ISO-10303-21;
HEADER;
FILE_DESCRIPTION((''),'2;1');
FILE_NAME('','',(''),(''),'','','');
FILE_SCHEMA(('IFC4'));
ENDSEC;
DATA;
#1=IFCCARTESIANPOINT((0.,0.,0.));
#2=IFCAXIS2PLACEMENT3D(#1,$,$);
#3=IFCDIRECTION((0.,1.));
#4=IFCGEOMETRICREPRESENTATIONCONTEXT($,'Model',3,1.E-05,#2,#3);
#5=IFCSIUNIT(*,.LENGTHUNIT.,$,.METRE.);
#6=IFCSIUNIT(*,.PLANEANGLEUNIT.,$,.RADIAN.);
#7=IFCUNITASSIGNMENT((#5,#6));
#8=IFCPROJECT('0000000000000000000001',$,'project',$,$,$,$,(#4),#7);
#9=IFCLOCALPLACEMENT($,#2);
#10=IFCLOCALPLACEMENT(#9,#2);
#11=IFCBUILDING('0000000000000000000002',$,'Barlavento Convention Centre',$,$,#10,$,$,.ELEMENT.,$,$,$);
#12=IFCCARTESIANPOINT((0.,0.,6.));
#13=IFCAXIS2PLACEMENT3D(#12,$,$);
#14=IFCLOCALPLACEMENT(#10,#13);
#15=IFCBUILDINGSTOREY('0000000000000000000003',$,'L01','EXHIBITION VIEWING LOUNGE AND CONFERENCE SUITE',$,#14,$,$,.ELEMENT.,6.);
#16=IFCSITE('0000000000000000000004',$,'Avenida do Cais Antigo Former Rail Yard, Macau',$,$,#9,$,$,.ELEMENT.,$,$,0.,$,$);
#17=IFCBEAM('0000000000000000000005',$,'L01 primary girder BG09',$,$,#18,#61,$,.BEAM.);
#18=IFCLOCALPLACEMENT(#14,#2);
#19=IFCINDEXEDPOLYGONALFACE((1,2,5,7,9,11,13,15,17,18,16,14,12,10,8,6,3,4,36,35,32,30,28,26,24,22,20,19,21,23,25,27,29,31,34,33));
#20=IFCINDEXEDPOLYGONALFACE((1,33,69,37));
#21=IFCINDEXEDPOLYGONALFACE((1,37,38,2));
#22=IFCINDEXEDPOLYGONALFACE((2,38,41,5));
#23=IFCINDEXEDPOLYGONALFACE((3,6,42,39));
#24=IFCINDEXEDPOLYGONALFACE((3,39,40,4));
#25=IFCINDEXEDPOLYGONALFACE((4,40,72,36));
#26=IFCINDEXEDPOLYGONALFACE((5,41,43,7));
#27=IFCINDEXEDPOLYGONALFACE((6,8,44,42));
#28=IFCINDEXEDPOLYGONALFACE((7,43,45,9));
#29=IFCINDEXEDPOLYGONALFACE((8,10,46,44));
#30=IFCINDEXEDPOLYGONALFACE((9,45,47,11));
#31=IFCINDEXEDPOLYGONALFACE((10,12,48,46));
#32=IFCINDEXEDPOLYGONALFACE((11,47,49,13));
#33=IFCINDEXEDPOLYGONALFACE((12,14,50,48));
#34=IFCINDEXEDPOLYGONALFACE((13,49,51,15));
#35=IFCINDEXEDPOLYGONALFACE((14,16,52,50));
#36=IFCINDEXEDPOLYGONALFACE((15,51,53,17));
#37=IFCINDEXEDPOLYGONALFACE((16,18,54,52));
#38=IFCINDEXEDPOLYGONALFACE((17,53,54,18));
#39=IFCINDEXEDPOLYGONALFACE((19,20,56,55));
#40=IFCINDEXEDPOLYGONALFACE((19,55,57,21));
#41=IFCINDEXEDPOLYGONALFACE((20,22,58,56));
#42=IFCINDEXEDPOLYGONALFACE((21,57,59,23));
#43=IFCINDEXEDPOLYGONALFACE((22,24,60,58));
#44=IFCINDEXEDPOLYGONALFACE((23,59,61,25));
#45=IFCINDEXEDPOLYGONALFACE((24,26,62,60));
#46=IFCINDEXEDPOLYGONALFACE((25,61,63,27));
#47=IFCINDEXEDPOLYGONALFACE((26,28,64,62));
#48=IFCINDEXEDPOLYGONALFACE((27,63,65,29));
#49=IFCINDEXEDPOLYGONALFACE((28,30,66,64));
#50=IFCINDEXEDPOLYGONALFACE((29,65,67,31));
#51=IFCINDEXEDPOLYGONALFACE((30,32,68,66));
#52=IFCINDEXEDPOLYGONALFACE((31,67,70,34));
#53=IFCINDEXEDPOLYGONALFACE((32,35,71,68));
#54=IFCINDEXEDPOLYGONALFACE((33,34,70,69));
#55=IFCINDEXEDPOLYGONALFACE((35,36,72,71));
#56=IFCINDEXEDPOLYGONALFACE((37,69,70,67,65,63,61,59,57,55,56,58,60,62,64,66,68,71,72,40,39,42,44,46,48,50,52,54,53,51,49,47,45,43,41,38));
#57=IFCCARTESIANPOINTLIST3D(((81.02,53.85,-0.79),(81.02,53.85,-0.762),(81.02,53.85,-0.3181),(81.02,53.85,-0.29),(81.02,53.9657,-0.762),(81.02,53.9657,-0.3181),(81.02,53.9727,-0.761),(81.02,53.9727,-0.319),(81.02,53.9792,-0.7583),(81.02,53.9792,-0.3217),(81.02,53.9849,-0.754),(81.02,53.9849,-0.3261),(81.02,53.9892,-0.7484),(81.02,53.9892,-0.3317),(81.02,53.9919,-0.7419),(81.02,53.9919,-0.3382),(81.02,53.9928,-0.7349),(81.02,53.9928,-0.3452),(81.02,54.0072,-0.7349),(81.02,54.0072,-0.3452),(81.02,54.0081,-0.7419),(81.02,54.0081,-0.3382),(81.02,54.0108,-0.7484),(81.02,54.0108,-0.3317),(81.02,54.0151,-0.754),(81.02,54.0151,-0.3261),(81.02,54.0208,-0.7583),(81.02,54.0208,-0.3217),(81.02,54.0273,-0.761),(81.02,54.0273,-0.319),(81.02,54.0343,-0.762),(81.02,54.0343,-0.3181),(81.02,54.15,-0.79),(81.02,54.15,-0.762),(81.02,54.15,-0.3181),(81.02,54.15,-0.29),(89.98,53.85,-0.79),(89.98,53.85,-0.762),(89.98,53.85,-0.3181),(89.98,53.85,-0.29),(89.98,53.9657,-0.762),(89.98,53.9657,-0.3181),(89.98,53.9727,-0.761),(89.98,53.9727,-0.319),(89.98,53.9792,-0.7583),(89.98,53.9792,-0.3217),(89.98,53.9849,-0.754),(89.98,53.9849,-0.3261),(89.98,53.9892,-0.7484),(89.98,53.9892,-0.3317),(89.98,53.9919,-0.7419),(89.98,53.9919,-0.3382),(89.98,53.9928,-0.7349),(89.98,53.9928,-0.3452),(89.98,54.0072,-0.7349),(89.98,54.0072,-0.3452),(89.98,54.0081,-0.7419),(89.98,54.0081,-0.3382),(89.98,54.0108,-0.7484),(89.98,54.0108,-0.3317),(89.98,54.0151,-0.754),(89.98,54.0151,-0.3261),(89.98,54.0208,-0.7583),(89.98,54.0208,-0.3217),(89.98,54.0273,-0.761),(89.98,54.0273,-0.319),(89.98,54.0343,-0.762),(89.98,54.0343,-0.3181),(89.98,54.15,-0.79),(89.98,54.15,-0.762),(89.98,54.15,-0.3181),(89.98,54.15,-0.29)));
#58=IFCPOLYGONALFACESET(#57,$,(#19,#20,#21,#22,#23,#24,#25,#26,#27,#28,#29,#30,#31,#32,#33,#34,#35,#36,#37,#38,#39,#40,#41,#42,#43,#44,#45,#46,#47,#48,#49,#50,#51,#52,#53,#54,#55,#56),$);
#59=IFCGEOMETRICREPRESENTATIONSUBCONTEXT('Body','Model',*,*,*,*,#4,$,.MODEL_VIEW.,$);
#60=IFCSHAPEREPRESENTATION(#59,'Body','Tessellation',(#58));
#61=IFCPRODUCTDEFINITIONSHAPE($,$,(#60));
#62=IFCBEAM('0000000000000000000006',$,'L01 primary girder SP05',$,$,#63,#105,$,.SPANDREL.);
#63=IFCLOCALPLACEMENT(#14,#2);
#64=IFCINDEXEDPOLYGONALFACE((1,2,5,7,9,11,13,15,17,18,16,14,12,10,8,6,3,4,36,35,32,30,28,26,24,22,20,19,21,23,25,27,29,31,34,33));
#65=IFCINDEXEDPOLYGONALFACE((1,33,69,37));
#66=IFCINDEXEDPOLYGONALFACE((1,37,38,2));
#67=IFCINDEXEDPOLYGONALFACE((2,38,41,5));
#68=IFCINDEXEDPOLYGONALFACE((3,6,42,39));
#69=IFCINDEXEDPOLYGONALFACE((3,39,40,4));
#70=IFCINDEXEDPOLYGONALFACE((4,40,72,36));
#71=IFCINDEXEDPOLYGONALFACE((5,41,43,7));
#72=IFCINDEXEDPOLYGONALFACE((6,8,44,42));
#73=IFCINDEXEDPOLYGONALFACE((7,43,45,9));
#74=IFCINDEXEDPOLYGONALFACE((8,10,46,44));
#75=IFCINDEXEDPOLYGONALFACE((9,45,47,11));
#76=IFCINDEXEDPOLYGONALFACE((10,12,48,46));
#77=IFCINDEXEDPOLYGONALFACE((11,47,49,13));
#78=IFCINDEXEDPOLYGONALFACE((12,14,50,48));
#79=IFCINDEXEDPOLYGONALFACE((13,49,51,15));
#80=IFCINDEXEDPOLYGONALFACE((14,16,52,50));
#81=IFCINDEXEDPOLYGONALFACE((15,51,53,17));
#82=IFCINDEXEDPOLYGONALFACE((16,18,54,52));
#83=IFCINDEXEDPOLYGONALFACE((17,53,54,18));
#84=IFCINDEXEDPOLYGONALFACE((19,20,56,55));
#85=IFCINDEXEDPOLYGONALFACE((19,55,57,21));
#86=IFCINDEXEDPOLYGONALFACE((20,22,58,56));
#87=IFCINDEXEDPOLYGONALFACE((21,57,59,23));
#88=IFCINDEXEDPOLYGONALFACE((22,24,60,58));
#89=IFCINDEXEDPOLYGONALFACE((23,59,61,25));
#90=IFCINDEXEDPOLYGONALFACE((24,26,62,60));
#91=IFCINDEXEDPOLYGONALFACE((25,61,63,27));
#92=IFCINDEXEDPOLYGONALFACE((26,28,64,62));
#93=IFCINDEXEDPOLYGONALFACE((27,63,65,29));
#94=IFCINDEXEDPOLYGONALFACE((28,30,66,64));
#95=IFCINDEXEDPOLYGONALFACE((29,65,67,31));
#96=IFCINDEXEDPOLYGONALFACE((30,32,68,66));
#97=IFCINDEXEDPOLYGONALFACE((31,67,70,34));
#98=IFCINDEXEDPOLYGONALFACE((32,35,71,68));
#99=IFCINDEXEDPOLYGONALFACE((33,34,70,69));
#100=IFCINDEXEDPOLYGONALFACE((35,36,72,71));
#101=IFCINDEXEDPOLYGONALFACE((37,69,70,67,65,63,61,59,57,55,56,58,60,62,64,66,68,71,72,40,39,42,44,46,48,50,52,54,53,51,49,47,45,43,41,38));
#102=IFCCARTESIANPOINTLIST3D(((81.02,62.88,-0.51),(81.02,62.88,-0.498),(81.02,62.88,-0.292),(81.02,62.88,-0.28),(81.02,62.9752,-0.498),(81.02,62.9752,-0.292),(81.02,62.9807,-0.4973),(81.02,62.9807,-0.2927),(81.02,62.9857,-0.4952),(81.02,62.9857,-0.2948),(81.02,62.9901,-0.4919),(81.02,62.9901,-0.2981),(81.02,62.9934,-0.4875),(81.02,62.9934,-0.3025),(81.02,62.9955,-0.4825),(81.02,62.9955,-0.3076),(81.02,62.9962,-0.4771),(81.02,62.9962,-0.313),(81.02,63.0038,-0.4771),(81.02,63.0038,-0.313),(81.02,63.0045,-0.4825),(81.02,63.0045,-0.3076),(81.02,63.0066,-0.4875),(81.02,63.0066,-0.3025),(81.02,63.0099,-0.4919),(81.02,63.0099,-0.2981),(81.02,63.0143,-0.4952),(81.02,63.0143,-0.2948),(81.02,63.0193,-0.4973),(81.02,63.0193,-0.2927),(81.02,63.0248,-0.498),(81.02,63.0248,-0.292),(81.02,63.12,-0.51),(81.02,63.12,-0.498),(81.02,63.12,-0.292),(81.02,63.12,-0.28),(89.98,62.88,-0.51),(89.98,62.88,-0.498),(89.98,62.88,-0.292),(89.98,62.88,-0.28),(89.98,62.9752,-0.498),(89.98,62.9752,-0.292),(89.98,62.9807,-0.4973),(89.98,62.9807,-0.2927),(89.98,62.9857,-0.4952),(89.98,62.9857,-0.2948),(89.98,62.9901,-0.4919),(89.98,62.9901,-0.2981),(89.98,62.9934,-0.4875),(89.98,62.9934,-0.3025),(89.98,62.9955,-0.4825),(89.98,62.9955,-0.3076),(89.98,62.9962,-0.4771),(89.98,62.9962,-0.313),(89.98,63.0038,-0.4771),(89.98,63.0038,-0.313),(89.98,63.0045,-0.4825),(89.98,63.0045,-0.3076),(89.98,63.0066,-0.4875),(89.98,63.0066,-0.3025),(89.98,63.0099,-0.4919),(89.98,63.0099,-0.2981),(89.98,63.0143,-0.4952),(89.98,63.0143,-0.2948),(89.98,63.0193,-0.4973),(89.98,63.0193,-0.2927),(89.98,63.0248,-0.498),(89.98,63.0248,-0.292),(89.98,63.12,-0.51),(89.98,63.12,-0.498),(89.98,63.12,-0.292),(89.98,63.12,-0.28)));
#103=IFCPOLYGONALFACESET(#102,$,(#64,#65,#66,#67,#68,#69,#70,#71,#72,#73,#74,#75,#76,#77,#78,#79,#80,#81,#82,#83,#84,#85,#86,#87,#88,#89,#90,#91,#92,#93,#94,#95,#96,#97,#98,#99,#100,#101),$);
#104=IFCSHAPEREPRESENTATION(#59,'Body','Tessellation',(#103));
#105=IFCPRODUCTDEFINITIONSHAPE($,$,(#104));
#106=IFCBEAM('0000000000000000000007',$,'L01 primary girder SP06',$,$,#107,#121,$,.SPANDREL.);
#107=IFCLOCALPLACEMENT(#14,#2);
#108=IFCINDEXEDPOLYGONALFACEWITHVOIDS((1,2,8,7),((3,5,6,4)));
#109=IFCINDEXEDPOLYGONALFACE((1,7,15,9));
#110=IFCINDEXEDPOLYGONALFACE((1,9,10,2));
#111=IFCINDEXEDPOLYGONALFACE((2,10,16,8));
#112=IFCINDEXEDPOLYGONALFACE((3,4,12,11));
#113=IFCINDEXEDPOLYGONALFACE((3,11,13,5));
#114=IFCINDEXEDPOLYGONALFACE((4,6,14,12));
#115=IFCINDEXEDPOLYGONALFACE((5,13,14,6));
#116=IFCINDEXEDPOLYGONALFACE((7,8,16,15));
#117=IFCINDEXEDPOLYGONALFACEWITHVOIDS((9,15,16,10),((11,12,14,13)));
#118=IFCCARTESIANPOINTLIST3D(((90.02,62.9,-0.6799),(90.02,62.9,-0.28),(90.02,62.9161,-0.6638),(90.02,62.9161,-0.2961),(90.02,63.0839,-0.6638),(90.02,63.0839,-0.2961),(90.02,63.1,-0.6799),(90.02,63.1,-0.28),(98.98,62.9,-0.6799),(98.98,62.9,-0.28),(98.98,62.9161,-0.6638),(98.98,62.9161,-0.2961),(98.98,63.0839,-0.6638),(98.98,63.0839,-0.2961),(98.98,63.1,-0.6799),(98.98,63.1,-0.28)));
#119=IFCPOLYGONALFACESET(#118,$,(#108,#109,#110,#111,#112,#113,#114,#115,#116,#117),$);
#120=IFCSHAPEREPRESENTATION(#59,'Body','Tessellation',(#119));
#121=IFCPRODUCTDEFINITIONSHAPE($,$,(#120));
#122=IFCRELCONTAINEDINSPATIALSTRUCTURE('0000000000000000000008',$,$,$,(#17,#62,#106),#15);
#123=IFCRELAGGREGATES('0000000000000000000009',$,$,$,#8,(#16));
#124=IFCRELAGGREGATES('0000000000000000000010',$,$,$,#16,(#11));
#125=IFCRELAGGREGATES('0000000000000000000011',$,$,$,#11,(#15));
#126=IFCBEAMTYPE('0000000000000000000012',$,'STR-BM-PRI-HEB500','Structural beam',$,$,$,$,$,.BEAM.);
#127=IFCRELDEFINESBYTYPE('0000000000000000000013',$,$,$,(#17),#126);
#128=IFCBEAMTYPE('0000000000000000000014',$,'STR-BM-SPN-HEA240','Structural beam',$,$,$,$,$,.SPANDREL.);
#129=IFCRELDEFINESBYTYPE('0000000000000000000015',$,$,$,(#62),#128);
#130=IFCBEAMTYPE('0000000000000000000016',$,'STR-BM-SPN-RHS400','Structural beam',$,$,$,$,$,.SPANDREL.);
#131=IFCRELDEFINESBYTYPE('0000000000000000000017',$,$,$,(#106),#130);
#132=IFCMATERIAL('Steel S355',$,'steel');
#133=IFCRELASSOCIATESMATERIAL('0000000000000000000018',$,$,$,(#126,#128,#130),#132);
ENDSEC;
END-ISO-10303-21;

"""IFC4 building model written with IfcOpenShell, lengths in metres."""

from ifc_helpers import new_model, si_unit, direction, frame, origin, origin_2d, place, context, subcontext, project, spatial, hollow_rectangle, i_section, extrude, material, material_profile, profile_set, type_object, element, save


model = new_model("IFC4")

# Units and contexts
model_context = context("Model", 3, precision=1e-05, world=origin(), true_north=direction((0.0, 1.0)))
body_context = subcontext(model_context, "Body", "Model", "MODEL_VIEW")
ifc_project = project(units=[si_unit("LENGTHUNIT", "METRE"), si_unit("PLANEANGLEUNIT", "RADIAN")], contexts=[model_context])

# Site, building, storey
site_placement = place(None, origin())
site = spatial("IfcSite", under=ifc_project, at=site_placement, Name="Avenida do Cais Antigo Former Rail Yard, Macau", CompositionType="ELEMENT", RefElevation=0.0)
building_placement = place(site_placement, origin())
building = spatial("IfcBuilding", under=site, at=building_placement, Name="Barlavento Convention Centre", CompositionType="ELEMENT")
storey_placement = place(building_placement, frame((0.0, 0.0, 6.0)))
storey = spatial("IfcBuildingStorey", under=building, at=storey_placement, Name="L01", Description="EXHIBITION VIEWING LOUNGE AND CONFERENCE SUITE", CompositionType="ELEMENT", Elevation=6.0)

# Shared definitions
ifc_material_1 = material(Name="Steel S355", Category="steel")

# Beams
ifc_material_profile_1 = material_profile(ifc_material_1, i_section(OverallWidth=0.3, OverallDepth=0.5, WebThickness=0.0144, FlangeThickness=0.0281, FilletRadius=0.0271, at=origin_2d()), Name="HEB 500")
ifc_profile_set_1 = profile_set([ifc_material_profile_1], Name="Steel S355")
beam_type_1 = type_object("IfcBeamType", Name="STR-BM-PRI-HEB500", Description="Structural beam", PredefinedType="BEAM", material=ifc_profile_set_1)
beam_1_placement = place(storey_placement, frame((81.02, 54.0, -0.54), z_axis=(1.0, 0.0, 0.0), x_axis=(0.0, 1.0, 0.0)))
element("IfcBeam", 1, at=beam_1_placement, inside=storey, type_object=beam_type_1, Name="L01 primary girder BG09", PredefinedType="BEAM", context=body_context, shape_type="SweptSolid", body=[
    extrude(i_section(OverallWidth=0.3, OverallDepth=0.5, WebThickness=0.0144, FlangeThickness=0.0281, FilletRadius=0.0271, at=origin_2d()), origin(), (0.0, 0.0, 1.0), 8.96),
])
ifc_material_profile_2 = material_profile(ifc_material_1, i_section(OverallWidth=0.24, OverallDepth=0.23, WebThickness=0.0076, FlangeThickness=0.012, FilletRadius=0.021, at=origin_2d()), Name="HEA 240")
ifc_profile_set_2 = profile_set([ifc_material_profile_2], Name="Steel S355")
beam_type_2 = type_object("IfcBeamType", Name="STR-BM-SPN-HEA240", Description="Structural beam", PredefinedType="SPANDREL", material=ifc_profile_set_2)
beam_2_placement = place(storey_placement, frame((81.02, 63.0, -0.395), z_axis=(1.0, 0.0, 0.0), x_axis=(0.0, 1.0, 0.0)))
element("IfcBeam", 2, at=beam_2_placement, inside=storey, type_object=beam_type_2, Name="L01 primary girder SP05", PredefinedType="SPANDREL", context=body_context, shape_type="SweptSolid", body=[
    extrude(i_section(OverallWidth=0.24, OverallDepth=0.23, WebThickness=0.0076, FlangeThickness=0.012, FilletRadius=0.021, at=origin_2d()), origin(), (0.0, 0.0, 1.0), 8.96),
])
ifc_material_profile_3 = material_profile(ifc_material_1, hollow_rectangle(XDim=0.2, YDim=0.3999, WallThickness=0.0161, at=origin_2d()), Name="RHS 400x200x16.0")
ifc_profile_set_3 = profile_set([ifc_material_profile_3], Name="Steel S355")
beam_type_3 = type_object("IfcBeamType", Name="STR-BM-SPN-RHS400", Description="Structural beam", PredefinedType="SPANDREL", material=ifc_profile_set_3)
beam_3_placement = place(storey_placement, frame((90.02, 63.0, -0.48), z_axis=(1.0, 0.0, 0.0), x_axis=(0.0, 1.0, 0.0)))
element("IfcBeam", 3, at=beam_3_placement, inside=storey, type_object=beam_type_3, Name="L01 primary girder SP06", PredefinedType="SPANDREL", context=body_context, shape_type="SweptSolid", body=[
    extrude(hollow_rectangle(XDim=0.2, YDim=0.3999, WallThickness=0.0161, at=origin_2d()), origin(), (0.0, 0.0, 1.0), 8.96),
])

save(model, "model.ifc")
